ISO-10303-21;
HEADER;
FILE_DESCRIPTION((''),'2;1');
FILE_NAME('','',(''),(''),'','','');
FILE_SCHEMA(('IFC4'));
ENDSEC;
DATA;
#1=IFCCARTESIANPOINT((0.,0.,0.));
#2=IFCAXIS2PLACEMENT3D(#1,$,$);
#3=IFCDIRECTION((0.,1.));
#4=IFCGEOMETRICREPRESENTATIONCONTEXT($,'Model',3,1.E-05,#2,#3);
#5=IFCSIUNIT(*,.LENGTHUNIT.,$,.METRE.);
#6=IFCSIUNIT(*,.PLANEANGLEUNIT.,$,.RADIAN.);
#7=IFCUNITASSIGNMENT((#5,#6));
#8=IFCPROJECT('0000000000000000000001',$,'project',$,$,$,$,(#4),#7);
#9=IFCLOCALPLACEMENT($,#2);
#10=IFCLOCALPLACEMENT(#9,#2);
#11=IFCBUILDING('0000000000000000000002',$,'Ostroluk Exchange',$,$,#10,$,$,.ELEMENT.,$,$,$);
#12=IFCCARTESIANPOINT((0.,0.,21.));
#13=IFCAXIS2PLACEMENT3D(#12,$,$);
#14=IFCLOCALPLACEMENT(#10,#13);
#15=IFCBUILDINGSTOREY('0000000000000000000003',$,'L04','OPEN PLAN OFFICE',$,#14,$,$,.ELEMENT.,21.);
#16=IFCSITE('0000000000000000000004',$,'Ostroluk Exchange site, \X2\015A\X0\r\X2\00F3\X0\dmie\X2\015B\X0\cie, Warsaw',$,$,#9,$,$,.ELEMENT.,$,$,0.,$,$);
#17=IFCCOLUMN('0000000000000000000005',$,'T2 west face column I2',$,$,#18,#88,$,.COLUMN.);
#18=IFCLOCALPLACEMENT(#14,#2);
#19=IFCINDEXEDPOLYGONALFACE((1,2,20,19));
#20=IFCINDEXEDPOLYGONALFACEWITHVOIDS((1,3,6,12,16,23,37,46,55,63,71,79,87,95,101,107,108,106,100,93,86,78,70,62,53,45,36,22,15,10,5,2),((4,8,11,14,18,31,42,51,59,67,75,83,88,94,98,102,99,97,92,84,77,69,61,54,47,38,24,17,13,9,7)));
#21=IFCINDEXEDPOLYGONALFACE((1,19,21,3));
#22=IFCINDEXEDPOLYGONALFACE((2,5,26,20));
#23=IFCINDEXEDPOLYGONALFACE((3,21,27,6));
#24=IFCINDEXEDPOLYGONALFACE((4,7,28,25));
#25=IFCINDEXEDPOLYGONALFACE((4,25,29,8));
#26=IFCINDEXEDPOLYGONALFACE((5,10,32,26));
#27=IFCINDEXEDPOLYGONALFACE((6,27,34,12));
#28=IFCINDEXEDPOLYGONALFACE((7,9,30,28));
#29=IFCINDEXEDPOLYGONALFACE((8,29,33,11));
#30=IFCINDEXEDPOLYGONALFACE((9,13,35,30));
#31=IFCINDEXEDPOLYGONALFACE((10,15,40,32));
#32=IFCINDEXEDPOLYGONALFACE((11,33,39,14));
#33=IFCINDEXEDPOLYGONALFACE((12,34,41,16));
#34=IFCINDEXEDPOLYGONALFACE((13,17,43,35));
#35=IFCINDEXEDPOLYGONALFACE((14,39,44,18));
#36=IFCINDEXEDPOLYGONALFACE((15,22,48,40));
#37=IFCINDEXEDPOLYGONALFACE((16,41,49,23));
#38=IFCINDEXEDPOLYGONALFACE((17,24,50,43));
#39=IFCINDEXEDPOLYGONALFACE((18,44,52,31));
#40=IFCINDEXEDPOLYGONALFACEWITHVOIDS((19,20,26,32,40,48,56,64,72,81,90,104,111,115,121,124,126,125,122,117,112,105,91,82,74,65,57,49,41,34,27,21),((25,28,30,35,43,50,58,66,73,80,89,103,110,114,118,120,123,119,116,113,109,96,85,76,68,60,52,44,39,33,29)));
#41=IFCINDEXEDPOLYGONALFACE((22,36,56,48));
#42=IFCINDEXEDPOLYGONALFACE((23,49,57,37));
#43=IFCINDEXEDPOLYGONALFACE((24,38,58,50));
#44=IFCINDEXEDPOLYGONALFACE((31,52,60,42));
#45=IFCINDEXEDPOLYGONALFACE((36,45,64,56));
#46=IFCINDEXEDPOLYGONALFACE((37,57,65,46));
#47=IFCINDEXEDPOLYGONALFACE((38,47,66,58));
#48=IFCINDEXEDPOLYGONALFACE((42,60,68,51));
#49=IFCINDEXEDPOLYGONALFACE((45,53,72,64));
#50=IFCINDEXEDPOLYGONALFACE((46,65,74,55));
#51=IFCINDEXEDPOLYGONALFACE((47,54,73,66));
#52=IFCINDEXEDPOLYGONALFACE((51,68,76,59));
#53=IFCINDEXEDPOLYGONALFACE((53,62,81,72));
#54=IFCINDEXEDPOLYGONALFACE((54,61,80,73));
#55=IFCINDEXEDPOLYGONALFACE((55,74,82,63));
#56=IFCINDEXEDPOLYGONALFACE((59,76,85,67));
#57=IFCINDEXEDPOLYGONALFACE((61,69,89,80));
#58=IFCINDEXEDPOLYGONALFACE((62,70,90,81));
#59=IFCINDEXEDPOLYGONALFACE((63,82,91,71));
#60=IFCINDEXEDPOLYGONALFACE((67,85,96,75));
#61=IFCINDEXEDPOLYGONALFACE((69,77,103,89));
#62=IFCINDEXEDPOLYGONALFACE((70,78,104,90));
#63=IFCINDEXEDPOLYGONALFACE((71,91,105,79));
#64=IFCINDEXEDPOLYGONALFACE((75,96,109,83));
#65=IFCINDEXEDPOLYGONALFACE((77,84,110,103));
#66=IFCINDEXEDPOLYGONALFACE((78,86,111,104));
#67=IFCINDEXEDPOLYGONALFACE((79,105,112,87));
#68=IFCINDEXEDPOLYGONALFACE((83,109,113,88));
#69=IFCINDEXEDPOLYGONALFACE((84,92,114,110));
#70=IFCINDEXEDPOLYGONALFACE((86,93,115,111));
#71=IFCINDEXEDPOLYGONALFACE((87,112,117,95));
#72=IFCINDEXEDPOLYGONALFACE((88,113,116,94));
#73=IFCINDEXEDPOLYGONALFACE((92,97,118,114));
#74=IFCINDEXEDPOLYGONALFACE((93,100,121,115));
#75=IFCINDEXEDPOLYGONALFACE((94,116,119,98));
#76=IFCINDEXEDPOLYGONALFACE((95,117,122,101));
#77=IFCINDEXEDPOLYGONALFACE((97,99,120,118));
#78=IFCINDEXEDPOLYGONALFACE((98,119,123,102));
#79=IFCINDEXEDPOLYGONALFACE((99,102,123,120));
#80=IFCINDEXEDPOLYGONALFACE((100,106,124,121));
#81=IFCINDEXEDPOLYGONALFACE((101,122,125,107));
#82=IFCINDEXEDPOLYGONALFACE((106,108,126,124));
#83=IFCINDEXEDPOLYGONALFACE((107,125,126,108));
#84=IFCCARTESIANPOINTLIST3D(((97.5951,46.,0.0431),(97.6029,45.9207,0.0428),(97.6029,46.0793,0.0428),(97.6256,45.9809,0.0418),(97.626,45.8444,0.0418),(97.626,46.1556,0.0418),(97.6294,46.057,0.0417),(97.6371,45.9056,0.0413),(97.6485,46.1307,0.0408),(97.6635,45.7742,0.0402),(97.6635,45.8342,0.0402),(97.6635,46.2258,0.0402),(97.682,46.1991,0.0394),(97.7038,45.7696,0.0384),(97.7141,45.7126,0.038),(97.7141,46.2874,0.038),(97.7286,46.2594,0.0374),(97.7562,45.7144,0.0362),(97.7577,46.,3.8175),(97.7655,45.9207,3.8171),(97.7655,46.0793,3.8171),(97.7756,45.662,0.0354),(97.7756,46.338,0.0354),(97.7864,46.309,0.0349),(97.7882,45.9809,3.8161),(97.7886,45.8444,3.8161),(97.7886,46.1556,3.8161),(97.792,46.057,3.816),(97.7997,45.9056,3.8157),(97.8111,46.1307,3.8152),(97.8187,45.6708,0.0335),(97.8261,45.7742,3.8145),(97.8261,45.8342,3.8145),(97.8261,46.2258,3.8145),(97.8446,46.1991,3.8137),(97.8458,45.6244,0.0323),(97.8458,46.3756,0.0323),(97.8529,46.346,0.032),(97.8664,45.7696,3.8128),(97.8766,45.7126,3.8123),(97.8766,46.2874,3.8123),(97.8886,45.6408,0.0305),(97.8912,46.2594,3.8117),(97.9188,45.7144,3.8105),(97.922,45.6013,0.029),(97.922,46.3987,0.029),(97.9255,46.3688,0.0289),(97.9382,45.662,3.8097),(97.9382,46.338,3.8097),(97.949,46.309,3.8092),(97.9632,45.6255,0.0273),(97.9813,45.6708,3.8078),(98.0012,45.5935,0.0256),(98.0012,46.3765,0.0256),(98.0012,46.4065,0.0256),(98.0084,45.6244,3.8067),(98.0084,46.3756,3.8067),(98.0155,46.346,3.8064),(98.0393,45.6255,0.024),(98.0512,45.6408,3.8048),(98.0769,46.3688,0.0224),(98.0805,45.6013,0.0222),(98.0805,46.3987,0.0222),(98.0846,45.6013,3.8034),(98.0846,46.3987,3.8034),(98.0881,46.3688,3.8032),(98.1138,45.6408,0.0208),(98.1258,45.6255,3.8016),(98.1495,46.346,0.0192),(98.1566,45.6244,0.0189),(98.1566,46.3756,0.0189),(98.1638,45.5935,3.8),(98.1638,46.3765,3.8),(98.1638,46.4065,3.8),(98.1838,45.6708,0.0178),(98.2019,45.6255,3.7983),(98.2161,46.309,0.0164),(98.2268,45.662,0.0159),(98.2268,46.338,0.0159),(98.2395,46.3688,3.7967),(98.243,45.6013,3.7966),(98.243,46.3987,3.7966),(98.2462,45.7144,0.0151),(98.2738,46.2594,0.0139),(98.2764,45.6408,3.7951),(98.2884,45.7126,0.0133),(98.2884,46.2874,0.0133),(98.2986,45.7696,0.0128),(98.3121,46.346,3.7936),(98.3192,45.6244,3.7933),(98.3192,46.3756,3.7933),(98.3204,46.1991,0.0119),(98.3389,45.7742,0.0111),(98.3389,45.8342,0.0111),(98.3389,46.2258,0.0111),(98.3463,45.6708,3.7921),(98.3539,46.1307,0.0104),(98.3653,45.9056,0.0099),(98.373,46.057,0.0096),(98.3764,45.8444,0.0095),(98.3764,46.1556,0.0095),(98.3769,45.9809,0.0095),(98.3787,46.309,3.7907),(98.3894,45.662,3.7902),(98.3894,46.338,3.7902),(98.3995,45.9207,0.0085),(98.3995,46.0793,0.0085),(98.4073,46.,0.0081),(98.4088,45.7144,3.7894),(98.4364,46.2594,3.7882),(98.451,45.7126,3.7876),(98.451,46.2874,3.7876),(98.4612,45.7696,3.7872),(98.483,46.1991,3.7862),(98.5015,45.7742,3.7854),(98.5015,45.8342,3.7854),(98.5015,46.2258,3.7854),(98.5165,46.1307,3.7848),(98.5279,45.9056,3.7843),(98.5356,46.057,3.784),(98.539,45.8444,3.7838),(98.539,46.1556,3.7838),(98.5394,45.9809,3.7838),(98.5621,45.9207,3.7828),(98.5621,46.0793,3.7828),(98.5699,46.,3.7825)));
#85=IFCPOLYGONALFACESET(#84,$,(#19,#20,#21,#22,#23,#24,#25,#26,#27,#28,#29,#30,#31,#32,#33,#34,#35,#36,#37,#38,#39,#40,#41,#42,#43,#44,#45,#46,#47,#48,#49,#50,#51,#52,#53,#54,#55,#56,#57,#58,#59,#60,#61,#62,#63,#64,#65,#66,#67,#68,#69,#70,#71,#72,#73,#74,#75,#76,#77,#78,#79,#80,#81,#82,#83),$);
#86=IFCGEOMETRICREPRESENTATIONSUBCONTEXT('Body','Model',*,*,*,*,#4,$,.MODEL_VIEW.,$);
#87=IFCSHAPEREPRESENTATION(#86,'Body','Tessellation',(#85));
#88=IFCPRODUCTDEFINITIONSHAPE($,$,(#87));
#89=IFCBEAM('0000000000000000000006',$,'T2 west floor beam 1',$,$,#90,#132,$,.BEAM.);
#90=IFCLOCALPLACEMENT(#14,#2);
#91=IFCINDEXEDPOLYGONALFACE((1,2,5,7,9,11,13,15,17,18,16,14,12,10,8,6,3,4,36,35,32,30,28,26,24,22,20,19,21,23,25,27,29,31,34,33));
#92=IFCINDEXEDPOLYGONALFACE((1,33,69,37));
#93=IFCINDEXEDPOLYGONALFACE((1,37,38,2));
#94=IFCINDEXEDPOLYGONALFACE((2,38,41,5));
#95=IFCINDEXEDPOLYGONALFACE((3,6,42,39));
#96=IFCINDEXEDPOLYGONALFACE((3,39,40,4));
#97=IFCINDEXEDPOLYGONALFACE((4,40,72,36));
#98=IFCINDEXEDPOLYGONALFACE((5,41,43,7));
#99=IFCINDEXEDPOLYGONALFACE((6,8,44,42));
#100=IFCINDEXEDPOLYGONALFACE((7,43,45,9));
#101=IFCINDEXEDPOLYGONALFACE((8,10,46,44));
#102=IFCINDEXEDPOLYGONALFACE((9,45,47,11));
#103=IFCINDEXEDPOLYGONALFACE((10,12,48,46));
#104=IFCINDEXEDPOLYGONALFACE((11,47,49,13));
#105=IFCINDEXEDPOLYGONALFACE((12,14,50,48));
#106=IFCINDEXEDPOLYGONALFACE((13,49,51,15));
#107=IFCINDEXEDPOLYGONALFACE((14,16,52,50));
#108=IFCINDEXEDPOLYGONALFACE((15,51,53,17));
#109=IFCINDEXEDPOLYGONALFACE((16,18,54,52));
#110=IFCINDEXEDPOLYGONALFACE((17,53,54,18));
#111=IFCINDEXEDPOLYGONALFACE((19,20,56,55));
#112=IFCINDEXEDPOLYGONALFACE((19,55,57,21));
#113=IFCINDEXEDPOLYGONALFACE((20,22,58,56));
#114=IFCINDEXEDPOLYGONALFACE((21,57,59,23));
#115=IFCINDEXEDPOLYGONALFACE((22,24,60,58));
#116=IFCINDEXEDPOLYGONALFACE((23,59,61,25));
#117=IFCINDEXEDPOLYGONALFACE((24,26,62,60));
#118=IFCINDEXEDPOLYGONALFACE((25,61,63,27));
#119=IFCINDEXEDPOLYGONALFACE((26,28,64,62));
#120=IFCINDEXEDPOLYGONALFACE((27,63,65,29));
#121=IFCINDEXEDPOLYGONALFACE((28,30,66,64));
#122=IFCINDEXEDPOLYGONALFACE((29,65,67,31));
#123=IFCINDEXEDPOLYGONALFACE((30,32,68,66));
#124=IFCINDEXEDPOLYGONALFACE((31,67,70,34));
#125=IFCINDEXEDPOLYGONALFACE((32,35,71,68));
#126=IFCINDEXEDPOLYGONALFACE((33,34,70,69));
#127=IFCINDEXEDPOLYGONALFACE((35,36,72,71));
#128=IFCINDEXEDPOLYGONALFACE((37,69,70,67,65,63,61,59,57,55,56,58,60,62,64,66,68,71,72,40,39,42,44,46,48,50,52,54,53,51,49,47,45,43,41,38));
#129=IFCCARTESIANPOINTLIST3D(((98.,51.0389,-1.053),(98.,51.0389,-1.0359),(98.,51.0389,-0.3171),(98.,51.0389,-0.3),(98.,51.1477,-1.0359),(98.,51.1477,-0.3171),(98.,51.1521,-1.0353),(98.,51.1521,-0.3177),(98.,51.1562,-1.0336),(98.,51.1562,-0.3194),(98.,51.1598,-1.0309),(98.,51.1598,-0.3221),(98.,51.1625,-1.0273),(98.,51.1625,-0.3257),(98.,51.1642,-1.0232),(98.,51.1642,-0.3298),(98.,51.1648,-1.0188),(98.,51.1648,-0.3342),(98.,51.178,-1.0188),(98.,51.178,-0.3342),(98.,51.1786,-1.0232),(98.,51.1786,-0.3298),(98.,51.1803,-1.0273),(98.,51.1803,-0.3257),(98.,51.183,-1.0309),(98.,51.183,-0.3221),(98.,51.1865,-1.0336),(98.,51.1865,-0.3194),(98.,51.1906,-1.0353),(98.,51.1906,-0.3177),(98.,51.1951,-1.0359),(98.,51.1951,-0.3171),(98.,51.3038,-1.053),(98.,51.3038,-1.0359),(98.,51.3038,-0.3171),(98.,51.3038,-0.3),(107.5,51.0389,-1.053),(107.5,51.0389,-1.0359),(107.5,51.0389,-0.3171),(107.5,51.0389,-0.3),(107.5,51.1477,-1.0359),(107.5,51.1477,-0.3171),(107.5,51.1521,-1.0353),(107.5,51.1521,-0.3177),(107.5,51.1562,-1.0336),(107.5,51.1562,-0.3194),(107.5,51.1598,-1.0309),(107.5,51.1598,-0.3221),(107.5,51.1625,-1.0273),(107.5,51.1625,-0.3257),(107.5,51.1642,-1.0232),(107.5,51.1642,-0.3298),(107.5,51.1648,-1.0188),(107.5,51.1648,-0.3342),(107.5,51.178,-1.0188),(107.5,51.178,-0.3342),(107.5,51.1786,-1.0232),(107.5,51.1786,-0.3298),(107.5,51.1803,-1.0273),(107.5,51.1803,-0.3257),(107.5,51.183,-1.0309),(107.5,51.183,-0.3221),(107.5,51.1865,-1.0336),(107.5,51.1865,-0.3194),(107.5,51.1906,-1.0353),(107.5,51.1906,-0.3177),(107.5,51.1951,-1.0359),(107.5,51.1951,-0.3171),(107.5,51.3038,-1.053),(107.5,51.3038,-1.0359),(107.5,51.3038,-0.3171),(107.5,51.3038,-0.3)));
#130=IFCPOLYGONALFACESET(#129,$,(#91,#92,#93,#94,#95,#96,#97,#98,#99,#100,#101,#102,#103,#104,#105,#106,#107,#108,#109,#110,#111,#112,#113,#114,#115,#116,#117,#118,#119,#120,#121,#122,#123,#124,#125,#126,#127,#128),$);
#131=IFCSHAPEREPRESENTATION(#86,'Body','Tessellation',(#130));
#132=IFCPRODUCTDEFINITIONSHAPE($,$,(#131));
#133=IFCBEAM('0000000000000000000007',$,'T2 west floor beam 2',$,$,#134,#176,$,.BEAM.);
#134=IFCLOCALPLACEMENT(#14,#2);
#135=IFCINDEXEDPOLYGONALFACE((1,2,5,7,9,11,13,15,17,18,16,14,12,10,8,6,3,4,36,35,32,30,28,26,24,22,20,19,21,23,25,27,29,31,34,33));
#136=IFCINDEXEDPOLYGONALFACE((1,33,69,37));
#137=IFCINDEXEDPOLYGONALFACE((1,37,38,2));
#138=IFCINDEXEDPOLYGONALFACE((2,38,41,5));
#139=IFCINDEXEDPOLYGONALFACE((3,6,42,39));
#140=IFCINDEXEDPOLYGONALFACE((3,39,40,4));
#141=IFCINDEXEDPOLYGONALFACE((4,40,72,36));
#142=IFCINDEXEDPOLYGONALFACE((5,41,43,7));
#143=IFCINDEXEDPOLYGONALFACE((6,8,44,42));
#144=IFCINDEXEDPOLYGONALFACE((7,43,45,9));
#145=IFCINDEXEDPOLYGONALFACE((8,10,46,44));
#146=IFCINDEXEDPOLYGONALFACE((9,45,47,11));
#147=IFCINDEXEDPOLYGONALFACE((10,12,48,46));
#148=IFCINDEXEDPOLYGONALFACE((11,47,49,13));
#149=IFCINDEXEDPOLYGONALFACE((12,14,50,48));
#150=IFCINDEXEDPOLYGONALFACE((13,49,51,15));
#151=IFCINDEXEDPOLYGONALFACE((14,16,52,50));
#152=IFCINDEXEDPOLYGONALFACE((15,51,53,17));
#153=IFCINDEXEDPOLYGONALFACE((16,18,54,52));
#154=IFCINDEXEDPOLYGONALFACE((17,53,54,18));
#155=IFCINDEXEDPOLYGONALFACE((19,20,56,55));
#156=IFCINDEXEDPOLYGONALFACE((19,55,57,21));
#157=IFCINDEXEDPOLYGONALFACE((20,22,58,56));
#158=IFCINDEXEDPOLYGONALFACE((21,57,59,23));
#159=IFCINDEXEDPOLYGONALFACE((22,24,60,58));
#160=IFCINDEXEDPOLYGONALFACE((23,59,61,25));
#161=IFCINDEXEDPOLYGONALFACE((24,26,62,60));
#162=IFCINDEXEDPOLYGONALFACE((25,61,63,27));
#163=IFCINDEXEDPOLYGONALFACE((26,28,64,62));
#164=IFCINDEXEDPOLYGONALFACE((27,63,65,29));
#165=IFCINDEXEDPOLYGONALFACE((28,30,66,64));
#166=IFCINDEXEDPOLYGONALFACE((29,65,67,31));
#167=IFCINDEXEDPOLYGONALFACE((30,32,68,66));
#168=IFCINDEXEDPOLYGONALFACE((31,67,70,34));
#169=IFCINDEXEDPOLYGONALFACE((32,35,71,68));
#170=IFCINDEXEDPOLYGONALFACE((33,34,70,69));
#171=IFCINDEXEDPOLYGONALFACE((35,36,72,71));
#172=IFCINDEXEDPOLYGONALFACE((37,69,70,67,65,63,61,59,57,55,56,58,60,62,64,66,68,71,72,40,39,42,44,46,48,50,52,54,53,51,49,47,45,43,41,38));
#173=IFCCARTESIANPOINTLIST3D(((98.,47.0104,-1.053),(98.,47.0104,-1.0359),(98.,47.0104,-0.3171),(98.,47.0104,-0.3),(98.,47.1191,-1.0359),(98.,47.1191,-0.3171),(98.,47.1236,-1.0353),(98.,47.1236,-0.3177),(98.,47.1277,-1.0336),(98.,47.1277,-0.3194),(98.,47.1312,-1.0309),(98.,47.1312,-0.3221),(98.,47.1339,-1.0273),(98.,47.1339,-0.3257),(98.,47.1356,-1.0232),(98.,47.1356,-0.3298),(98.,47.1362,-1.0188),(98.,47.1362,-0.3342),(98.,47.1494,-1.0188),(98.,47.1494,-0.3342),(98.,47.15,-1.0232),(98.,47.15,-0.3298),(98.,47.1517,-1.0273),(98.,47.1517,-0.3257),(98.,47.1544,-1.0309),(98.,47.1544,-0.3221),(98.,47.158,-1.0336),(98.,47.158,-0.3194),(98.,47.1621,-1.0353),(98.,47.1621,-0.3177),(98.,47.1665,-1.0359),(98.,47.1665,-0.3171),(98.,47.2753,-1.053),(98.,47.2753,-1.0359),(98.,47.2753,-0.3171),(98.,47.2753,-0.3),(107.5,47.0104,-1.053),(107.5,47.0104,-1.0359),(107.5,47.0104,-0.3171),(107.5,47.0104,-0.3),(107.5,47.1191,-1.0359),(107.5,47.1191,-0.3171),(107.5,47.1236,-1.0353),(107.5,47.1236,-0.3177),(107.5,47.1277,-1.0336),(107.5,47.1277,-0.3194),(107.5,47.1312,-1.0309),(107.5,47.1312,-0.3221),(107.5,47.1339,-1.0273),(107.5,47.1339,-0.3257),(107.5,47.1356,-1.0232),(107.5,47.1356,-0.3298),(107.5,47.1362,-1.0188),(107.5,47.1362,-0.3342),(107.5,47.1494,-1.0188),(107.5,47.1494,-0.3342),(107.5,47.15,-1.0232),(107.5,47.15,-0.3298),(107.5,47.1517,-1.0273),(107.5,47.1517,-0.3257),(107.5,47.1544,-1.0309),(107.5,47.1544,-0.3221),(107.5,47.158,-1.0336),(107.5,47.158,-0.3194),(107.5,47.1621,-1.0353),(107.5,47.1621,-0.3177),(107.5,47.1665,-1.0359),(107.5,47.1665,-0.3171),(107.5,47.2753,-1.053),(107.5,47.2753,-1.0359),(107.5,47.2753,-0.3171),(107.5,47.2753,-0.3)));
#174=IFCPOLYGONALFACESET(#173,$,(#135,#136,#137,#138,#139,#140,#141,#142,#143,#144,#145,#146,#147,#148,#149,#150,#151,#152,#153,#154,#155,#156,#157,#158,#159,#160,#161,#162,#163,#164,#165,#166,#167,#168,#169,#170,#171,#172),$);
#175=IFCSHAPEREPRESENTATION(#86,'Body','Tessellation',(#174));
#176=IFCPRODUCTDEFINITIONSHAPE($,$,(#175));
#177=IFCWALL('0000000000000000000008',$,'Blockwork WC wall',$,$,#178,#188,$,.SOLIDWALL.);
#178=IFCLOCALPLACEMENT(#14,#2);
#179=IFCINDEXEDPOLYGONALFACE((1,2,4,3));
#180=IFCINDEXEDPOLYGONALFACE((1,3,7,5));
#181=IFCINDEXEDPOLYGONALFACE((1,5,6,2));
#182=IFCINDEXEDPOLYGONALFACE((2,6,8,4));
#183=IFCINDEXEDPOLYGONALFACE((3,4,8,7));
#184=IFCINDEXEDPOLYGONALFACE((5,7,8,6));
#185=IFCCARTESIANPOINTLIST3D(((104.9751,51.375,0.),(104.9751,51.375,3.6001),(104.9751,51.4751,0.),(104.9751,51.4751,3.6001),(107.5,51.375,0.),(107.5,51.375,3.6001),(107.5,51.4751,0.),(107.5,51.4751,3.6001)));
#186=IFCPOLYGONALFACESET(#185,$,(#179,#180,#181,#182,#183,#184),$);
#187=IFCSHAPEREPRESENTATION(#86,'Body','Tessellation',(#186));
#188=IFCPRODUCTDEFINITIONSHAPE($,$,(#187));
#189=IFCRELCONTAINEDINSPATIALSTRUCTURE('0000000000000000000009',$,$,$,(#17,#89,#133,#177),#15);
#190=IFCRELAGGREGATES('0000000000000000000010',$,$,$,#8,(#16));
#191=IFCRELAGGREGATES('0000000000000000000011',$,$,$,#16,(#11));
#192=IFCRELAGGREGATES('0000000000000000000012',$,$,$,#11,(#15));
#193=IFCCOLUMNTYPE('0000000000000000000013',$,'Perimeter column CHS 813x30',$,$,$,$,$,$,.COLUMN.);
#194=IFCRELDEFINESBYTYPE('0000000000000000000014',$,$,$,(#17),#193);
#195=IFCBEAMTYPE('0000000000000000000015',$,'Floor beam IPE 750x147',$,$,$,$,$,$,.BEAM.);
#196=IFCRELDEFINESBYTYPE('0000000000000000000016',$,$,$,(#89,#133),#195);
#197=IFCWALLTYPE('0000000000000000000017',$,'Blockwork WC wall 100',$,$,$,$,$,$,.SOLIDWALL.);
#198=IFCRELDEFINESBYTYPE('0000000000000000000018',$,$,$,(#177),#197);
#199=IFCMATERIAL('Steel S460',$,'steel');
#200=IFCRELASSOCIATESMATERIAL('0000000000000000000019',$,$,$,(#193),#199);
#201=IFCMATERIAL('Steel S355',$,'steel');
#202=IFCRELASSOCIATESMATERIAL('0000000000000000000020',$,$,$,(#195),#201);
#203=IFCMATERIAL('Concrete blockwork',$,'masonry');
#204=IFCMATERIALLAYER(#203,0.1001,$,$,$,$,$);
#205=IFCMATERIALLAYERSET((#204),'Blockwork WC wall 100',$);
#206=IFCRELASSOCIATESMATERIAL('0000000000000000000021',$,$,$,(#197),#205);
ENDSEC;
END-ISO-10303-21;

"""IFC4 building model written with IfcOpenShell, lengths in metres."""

from ifc_helpers import new_model, si_unit, direction, frame, frame_2d, origin, origin_2d, place, context, subcontext, project, spatial, rectangle, hollow_circle, i_section, extrude, material, layer, layer_set, material_profile, profile_set, type_object, element, save


model = new_model("IFC4")

# Units and contexts
model_context = context("Model", 3, precision=1e-05, world=origin(), true_north=direction((0.0, 1.0)))
body_context = subcontext(model_context, "Body", "Model", "MODEL_VIEW")
ifc_project = project(units=[si_unit("LENGTHUNIT", "METRE"), si_unit("PLANEANGLEUNIT", "RADIAN")], contexts=[model_context])

# Site, building, storey
site_placement = place(None, origin())
site = spatial("IfcSite", under=ifc_project, at=site_placement, Name="Ostroluk Exchange site, Śródmieście, Warsaw", CompositionType="ELEMENT", RefElevation=0.0)
building_placement = place(site_placement, origin())
building = spatial("IfcBuilding", under=site, at=building_placement, Name="Ostroluk Exchange", CompositionType="ELEMENT")
storey_placement = place(building_placement, frame((0.0, 0.0, 21.0)))
storey = spatial("IfcBuildingStorey", under=building, at=storey_placement, Name="L04", Description="OPEN PLAN OFFICE", CompositionType="ELEMENT", Elevation=21.0)

# Column
ifc_material_1 = material(Name="Steel S460", Category="steel")
ifc_material_profile_1 = material_profile(ifc_material_1, hollow_circle(Radius=0.4065, WallThickness=0.03, at=origin_2d()), Name="CHS 813x30")
ifc_profile_set_1 = profile_set([ifc_material_profile_1], Name="Steel S460")
column_type = type_object("IfcColumnType", Name="Perimeter column CHS 813x30", PredefinedType="COLUMN", material=ifc_profile_set_1)
column_placement = place(storey_placement, frame((98.0012, 46.0, 0.0256), z_axis=(0.043039, 0.0, 0.999073), x_axis=(0.0, 1.0, 0.0)))
element("IfcColumn", 1, at=column_placement, inside=storey, type_object=column_type, Name="T2 west face column I2", PredefinedType="COLUMN", context=body_context, shape_type="SweptSolid", body=[
    extrude(hollow_circle(Radius=0.4065, WallThickness=0.03, at=origin_2d()), origin(), (0.0, 0.0, 1.0), 3.7778),
])

# Beams
ifc_material_2 = material(Name="Steel S355", Category="steel")
ifc_material_profile_2 = material_profile(ifc_material_2, i_section(OverallWidth=0.2649, OverallDepth=0.7529, WebThickness=0.0132, FlangeThickness=0.0171, FilletRadius=0.0171, at=origin_2d()), Name="IPE 750x147")
ifc_profile_set_2 = profile_set([ifc_material_profile_2], Name="Steel S355")
beam_type = type_object("IfcBeamType", Name="Floor beam IPE 750x147", PredefinedType="BEAM", material=ifc_profile_set_2)
for number, where, z_axis, x_axis, name in (
    (2, (107.5, 51.1714, -0.6765), (-1.0, 0.0, 0.0), (0.0, -1.0, 0.0), "T2 west floor beam 1"),
    (3, (107.5, 47.1428, -0.6765), (-1.0, 0.0, 0.0), (0.0, -1.0, 0.0), "T2 west floor beam 2"),
):
    element("IfcBeam", number, at=place(storey_placement, frame(where, z_axis=z_axis, x_axis=x_axis)), inside=storey, type_object=beam_type, Name=name, PredefinedType="BEAM", context=body_context, shape_type="SweptSolid", body=[
        extrude(i_section(OverallWidth=0.2649, OverallDepth=0.7529, WebThickness=0.0132, FlangeThickness=0.0171, FilletRadius=0.0171, at=origin_2d()), origin(), (0.0, 0.0, 1.0), 9.5),
    ])

# Wall
ifc_material_3 = material(Name="Concrete blockwork", Category="masonry")
ifc_layer_1 = layer(ifc_material_3, 0.1001)
ifc_layer_set_1 = layer_set([ifc_layer_1], Name="Blockwork WC wall 100")
wall_type_1 = type_object("IfcWallType", Name="Blockwork WC wall 100", PredefinedType="SOLIDWALL", material=ifc_layer_set_1)
wall_1_placement = place(storey_placement, frame((104.9751, 51.425, 0.0), z_axis=(0.0, 0.0, 1.0), x_axis=(1.0, 0.0, 0.0)))
element("IfcWall", 4, at=wall_1_placement, inside=storey, type_object=wall_type_1, Name="Blockwork WC wall", PredefinedType="SOLIDWALL", context=body_context, shape_type="SweptSolid", body=[
    extrude(rectangle(XDim=2.5249, YDim=0.1001, at=frame_2d((1.2625, 0.0))), origin(), (0.0, 0.0, 1.0), 3.6001),
])

save(model, "model.ifc")
